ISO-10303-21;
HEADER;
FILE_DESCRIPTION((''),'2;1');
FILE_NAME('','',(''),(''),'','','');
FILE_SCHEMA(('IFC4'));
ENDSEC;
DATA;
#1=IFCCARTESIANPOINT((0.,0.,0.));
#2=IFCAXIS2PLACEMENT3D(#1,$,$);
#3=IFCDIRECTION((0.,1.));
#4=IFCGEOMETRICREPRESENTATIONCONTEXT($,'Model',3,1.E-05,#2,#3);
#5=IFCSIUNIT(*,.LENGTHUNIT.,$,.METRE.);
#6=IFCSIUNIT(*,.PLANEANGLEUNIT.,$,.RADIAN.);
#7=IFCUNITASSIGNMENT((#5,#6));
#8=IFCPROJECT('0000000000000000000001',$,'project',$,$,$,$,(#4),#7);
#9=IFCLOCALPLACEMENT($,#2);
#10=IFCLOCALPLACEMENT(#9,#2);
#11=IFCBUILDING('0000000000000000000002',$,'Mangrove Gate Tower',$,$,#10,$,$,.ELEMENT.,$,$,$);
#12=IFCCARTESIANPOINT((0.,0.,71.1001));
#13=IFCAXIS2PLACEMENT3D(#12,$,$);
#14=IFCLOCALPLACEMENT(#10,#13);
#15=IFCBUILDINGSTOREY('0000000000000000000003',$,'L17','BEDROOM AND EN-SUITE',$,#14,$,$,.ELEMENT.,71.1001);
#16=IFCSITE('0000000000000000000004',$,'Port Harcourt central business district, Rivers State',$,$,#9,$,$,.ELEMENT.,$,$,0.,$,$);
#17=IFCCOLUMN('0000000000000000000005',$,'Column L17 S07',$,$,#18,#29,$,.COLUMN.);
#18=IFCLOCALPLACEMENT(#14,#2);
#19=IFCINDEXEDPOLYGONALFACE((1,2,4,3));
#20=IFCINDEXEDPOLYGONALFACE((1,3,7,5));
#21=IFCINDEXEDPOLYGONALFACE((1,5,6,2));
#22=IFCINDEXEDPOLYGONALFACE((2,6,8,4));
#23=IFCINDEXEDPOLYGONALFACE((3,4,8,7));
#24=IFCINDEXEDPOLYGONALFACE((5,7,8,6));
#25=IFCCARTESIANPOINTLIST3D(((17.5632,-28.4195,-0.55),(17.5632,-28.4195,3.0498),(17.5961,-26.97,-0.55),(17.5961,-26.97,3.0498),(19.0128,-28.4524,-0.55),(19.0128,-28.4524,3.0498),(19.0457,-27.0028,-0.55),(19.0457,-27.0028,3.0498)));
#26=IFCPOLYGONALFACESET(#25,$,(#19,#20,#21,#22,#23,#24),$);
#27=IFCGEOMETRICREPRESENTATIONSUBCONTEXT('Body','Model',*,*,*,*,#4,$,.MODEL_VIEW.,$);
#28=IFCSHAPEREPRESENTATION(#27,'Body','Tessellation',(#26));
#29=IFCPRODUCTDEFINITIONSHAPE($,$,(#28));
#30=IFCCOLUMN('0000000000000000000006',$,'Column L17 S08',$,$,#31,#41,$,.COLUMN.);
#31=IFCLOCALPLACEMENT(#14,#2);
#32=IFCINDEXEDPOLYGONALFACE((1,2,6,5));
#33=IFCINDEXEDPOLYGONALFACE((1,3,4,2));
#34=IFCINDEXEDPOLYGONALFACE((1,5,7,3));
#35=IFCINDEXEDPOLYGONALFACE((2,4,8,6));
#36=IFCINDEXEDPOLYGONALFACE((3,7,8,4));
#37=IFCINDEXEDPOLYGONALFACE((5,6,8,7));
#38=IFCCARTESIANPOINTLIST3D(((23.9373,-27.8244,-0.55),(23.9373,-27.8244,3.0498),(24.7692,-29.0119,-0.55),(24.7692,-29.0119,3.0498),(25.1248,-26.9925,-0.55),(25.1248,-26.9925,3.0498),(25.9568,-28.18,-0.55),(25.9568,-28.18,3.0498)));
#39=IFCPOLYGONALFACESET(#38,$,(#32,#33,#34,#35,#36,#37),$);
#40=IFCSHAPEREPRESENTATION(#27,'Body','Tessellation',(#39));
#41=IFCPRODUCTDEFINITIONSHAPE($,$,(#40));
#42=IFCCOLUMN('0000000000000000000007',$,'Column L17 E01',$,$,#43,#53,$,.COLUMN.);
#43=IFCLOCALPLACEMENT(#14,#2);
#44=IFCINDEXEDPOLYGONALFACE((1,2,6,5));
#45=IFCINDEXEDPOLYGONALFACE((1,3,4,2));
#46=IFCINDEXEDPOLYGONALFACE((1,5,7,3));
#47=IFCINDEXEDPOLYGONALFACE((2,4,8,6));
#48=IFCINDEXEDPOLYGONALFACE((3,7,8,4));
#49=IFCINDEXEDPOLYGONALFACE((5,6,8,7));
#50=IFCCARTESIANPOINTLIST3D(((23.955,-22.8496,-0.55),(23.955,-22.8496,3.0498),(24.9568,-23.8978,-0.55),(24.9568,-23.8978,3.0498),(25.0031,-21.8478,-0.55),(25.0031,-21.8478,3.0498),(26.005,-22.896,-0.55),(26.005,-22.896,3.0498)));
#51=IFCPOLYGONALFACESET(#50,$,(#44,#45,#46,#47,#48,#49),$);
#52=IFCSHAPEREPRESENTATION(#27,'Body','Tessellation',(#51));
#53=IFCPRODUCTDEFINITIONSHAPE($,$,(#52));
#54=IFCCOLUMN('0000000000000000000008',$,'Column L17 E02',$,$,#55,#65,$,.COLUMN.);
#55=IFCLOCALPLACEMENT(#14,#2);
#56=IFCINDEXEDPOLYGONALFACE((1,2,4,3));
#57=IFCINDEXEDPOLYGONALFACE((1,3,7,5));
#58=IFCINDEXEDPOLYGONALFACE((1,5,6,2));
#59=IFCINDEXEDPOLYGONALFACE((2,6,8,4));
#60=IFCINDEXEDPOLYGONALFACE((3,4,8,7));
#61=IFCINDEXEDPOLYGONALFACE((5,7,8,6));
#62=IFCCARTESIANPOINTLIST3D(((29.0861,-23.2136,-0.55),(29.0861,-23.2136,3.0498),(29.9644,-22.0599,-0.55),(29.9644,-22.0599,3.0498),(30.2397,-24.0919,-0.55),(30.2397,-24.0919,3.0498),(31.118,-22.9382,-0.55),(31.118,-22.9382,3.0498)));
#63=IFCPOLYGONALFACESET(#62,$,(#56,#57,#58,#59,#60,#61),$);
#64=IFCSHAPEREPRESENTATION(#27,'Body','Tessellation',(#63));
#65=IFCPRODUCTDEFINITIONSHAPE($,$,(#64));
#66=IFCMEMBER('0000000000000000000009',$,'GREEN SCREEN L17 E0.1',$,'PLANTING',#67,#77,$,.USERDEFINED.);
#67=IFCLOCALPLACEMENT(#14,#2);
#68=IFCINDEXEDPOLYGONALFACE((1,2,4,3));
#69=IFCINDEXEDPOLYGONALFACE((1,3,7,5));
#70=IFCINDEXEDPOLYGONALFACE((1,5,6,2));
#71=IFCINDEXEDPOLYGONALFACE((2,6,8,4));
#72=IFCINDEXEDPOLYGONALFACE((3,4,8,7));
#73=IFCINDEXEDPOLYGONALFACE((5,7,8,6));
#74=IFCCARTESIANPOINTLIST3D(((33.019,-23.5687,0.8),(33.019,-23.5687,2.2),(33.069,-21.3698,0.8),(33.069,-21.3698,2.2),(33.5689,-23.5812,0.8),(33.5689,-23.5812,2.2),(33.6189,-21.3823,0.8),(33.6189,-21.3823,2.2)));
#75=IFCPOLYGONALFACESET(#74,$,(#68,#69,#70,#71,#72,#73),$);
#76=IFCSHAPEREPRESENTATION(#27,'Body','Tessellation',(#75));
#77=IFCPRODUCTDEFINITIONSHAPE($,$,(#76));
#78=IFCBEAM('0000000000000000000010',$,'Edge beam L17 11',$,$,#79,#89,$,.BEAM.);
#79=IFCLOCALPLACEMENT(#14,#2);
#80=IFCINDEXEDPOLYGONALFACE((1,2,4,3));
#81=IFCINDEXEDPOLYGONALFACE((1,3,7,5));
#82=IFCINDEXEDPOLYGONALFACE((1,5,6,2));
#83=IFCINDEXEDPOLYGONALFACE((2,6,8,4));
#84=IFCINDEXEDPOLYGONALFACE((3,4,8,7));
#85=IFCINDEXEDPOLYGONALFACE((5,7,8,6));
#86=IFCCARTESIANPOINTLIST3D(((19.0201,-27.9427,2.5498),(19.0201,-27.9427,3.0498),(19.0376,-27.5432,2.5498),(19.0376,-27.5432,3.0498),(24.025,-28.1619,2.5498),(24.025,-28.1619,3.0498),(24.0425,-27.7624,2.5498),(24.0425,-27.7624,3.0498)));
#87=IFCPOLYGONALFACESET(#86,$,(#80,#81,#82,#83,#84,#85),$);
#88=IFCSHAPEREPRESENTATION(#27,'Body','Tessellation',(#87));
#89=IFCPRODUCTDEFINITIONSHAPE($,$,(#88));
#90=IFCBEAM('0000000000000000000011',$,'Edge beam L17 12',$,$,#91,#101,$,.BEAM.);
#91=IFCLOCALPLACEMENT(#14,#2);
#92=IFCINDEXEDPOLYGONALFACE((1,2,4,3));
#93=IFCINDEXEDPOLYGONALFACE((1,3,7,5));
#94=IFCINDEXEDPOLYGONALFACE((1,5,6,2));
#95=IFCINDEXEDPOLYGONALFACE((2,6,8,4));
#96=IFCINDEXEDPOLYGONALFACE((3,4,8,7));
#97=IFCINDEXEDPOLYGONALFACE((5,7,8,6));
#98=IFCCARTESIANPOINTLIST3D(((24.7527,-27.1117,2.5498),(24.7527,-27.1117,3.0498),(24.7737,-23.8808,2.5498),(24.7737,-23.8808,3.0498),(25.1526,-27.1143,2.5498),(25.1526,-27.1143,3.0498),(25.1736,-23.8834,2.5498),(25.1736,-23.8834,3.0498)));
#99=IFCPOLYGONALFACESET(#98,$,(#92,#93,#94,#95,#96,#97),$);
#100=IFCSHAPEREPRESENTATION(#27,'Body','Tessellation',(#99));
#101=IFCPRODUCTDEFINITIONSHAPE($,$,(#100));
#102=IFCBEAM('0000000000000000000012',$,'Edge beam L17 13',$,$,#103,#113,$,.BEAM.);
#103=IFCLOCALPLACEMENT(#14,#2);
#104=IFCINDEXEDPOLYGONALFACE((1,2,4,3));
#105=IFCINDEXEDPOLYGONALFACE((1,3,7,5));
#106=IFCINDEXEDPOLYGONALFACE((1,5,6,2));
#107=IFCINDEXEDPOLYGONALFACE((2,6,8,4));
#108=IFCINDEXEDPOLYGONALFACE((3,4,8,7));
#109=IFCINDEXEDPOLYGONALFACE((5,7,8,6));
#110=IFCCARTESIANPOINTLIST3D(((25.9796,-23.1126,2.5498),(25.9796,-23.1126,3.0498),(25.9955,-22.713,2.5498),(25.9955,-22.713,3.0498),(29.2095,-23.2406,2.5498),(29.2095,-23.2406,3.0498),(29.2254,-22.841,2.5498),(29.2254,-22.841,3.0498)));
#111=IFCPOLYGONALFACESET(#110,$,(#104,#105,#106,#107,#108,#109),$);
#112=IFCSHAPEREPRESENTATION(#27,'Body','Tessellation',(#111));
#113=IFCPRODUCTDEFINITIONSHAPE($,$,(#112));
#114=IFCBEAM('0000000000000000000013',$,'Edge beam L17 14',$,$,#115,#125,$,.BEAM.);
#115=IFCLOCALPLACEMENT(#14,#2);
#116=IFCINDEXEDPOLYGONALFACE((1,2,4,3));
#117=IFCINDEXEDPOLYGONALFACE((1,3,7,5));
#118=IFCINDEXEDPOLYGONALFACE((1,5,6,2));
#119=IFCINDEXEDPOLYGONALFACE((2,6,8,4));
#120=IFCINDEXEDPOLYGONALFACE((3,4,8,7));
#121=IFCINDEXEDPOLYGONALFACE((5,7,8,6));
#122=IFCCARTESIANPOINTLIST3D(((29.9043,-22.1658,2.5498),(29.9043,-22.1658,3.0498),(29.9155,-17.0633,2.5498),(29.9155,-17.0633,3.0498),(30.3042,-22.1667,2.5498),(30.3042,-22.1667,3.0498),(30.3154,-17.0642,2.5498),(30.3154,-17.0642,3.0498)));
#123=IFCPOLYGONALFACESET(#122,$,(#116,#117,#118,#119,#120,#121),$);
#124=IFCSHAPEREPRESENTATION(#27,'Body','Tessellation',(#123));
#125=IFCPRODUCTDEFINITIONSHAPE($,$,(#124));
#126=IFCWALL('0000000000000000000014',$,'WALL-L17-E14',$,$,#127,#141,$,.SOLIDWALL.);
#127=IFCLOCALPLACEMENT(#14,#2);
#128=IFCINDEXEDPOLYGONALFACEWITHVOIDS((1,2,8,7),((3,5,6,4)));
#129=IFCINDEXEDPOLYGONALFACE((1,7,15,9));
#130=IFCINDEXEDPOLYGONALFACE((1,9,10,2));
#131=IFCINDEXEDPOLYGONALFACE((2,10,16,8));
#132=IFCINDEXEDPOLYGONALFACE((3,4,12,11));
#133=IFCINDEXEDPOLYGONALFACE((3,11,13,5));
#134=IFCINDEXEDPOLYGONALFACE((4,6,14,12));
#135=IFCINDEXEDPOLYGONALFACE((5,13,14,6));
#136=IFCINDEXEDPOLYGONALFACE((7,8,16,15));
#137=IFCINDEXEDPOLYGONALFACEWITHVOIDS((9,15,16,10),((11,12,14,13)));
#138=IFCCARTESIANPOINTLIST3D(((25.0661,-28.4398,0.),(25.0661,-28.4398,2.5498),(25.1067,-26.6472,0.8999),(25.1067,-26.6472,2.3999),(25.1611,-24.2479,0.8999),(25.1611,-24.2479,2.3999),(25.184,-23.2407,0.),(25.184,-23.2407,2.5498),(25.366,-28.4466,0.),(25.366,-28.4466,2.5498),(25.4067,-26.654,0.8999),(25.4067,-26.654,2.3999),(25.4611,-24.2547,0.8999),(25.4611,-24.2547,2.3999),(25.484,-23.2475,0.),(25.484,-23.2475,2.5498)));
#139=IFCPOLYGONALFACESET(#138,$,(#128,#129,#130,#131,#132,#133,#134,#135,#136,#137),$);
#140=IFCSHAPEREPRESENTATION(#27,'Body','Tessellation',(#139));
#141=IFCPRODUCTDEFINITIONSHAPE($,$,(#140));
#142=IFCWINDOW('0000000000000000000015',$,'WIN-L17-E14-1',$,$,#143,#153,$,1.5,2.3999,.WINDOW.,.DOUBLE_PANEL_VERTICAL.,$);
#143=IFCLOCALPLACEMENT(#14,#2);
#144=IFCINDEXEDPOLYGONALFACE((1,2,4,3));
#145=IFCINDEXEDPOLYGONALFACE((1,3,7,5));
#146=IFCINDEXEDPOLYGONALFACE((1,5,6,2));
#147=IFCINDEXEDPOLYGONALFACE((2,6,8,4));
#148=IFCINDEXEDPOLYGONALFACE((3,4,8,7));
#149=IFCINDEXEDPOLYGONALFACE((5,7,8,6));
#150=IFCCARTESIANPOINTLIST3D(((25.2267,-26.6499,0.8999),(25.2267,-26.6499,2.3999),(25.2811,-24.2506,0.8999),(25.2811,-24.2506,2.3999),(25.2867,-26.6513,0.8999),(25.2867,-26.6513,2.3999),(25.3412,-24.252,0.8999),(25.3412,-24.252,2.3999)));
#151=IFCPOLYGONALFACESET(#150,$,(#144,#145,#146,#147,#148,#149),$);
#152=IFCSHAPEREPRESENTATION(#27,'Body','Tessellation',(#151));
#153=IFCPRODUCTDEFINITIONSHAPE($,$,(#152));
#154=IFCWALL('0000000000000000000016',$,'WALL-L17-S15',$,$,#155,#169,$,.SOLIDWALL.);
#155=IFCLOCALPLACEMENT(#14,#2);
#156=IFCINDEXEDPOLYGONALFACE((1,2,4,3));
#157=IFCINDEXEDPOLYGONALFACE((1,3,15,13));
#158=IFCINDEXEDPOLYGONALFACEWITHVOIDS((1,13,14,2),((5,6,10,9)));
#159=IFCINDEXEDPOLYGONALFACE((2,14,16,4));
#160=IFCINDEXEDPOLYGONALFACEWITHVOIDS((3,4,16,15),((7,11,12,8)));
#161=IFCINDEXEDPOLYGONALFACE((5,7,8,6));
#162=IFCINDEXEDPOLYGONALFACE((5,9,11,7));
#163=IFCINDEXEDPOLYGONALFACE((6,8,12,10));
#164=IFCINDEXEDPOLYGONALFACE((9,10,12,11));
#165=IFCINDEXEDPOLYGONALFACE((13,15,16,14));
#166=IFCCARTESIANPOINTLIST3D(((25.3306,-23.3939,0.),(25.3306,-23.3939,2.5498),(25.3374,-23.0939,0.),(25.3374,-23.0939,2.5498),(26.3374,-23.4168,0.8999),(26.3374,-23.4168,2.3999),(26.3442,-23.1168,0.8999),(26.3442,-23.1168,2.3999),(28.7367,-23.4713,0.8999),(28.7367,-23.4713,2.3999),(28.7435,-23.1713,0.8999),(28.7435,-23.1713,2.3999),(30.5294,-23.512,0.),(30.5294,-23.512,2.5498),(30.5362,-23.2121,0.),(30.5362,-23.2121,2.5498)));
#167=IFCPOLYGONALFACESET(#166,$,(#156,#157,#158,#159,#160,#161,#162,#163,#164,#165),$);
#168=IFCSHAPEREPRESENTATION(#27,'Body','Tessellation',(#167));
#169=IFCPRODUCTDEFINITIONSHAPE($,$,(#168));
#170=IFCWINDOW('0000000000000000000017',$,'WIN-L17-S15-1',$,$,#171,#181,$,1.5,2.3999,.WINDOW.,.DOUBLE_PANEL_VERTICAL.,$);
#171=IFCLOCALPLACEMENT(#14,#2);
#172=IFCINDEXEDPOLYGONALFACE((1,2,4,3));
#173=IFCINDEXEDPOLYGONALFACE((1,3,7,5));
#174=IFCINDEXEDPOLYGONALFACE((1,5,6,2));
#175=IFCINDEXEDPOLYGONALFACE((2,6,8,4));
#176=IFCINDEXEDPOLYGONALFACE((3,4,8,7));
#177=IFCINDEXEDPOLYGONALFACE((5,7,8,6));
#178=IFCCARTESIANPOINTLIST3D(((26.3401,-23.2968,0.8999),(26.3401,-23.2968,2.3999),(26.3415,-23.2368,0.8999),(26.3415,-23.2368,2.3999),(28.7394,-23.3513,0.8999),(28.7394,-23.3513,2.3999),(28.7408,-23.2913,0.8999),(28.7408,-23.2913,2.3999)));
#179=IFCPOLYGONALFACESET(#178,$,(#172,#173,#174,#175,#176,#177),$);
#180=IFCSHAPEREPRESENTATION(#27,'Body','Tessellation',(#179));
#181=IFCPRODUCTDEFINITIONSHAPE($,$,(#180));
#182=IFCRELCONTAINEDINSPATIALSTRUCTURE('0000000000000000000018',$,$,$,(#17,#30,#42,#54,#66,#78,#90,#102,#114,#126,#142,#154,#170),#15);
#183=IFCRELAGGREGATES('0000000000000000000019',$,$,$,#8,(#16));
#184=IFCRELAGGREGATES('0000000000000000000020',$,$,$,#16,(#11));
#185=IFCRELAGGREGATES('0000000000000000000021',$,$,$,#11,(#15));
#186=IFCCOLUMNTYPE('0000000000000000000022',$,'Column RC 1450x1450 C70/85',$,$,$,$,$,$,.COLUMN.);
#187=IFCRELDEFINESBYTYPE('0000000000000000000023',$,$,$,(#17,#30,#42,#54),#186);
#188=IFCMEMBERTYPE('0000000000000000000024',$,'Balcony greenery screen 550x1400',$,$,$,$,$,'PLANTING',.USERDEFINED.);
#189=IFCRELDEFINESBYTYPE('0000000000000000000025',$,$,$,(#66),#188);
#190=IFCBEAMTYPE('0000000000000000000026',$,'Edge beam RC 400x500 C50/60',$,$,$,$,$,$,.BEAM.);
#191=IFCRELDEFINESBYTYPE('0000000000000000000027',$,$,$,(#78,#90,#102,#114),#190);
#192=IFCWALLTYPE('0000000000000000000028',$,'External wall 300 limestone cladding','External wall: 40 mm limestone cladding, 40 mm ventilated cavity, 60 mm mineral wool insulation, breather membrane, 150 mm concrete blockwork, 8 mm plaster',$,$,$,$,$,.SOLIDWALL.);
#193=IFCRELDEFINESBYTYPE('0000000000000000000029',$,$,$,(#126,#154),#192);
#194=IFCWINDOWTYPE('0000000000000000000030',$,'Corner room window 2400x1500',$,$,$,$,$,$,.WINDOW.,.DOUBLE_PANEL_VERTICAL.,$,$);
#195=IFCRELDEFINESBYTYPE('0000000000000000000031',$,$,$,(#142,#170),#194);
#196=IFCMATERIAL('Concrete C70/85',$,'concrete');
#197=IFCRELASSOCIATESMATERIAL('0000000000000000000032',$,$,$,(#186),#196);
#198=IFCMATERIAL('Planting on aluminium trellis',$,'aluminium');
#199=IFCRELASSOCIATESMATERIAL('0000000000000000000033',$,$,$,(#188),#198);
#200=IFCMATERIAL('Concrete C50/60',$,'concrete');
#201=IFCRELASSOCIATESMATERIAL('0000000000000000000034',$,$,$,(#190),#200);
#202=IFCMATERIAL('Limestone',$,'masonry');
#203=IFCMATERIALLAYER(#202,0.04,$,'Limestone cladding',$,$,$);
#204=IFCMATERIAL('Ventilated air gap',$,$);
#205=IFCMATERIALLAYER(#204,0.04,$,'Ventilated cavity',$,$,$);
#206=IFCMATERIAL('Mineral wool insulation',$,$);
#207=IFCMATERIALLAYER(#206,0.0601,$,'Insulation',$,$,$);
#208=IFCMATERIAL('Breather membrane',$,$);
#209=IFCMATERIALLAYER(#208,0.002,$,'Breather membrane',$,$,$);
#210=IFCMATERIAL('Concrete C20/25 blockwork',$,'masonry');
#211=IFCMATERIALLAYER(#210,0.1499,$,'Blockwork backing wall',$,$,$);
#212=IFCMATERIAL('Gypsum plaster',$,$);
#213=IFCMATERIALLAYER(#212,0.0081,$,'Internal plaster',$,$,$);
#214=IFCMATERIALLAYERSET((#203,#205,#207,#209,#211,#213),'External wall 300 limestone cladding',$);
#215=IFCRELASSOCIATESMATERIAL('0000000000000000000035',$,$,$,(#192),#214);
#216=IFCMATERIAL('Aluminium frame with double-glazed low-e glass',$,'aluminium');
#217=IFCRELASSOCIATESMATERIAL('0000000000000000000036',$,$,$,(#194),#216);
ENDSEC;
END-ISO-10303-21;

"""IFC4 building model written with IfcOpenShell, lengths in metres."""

from ifc_helpers import new_model, si_unit, direction, frame, frame_2d, origin, origin_2d, place, context, subcontext, project, spatial, rectangle, extrude, material, layer, layer_set, material_profile, profile_set, type_object, element, fill, save


model = new_model("IFC4")

# Units and contexts
model_context = context("Model", 3, precision=1e-05, world=origin(), true_north=direction((0.0, 1.0)))
body_context = subcontext(model_context, "Body", "Model", "MODEL_VIEW")
ifc_project = project(units=[si_unit("LENGTHUNIT", "METRE"), si_unit("PLANEANGLEUNIT", "RADIAN")], contexts=[model_context])

# Site, building, storey
site_placement = place(None, origin())
site = spatial("IfcSite", under=ifc_project, at=site_placement, Name="Port Harcourt central business district, Rivers State", CompositionType="ELEMENT", RefElevation=0.0)
building_placement = place(site_placement, origin())
building = spatial("IfcBuilding", under=site, at=building_placement, Name="Mangrove Gate Tower", CompositionType="ELEMENT")
storey_placement = place(building_placement, frame((0.0, 0.0, 71.1001)))
storey = spatial("IfcBuildingStorey", under=building, at=storey_placement, Name="L17", Description="BEDROOM AND EN-SUITE", CompositionType="ELEMENT", Elevation=71.1001)

# Columns
ifc_material_1 = material(Name="Concrete C70/85", Category="concrete")
ifc_material_profile_1 = material_profile(ifc_material_1, rectangle(XDim=1.45, YDim=1.45, at=origin_2d()))
ifc_profile_set_1 = profile_set([ifc_material_profile_1], Name="Concrete C70/85")
column_type = type_object("IfcColumnType", Name="Column RC 1450x1450 C70/85", PredefinedType="COLUMN", material=ifc_profile_set_1)
for number, where, z_axis, x_axis, name in (
    (1, (18.3044, -27.7112, -0.55), (0.0, 0.0, 1.0), (0.999743, -0.02268, 0.0), "Column L17 S07"),
    (2, (24.947, -28.0022, -0.55), (0.0, 0.0, 1.0), (0.819023, 0.57376, 0.0), "Column L17 S08"),
    (3, (24.98, -22.8728, -0.55), (0.0, 0.0, 1.0), (0.722905, 0.690948, 0.0), "Column L17 E01"),
    (4, (30.1021, -23.0759, -0.55), (0.0, 0.0, 1.0), (0.605733, 0.795668, 0.0), "Column L17 E02"),
):
    element("IfcColumn", number, at=place(storey_placement, frame(where, z_axis=z_axis, x_axis=x_axis)), inside=storey, type_object=column_type, Name=name, PredefinedType="COLUMN", context=body_context, shape_type="SweptSolid", body=[
        extrude(rectangle(XDim=1.45, YDim=1.45, at=origin_2d()), origin(), (0.0, 0.0, 1.0), 3.5999),
    ])

# Member
ifc_material_2 = material(Name="Planting on aluminium trellis", Category="aluminium")
ifc_material_profile_2 = material_profile(ifc_material_2, rectangle(XDim=0.55, YDim=1.3999, at=origin_2d()))
ifc_profile_set_2 = profile_set([ifc_material_profile_2], Name="Planting on aluminium trellis")
member_type = type_object("IfcMemberType", Name="Balcony greenery screen 550x1400", ElementType="PLANTING", PredefinedType="USERDEFINED", material=ifc_profile_set_2)
member_placement = place(storey_placement, frame((33.2939, -23.575, 1.5), z_axis=(0.022754, 0.999741, 0.0), x_axis=(-0.999741, 0.022754, 0.0)))
element("IfcMember", 5, at=member_placement, inside=storey, type_object=member_type, Name="GREEN SCREEN L17 E0.1", ObjectType="PLANTING", PredefinedType="USERDEFINED", context=body_context, shape_type="SweptSolid", body=[
    extrude(rectangle(XDim=0.55, YDim=1.3999, at=origin_2d()), origin(), (0.0, 0.0, 1.0), 2.1995),
])

# Beams
ifc_material_3 = material(Name="Concrete C50/60", Category="concrete")
ifc_material_profile_3 = material_profile(ifc_material_3, rectangle(XDim=0.3999, YDim=0.5, at=origin_2d()))
ifc_profile_set_3 = profile_set([ifc_material_profile_3], Name="Concrete C50/60")
beam_type = type_object("IfcBeamType", Name="Edge beam RC 400x500 C50/60", PredefinedType="BEAM", material=ifc_profile_set_3)
beam_1_placement = place(storey_placement, frame((19.0288, -27.7429, 2.7998), z_axis=(0.999042, -0.043763, 0.0), x_axis=(0.043763, 0.999042, 0.0)))
element("IfcBeam", 6, at=beam_1_placement, inside=storey, type_object=beam_type, Name="Edge beam L17 11", PredefinedType="BEAM", context=body_context, shape_type="SweptSolid", body=[
    extrude(rectangle(XDim=0.3999, YDim=0.5, at=origin_2d()), origin(), (0.0, 0.0, 1.0), 5.0098),
])
beam_2_placement = place(storey_placement, frame((24.9526, -27.113, 2.7998), z_axis=(0.006498, 0.999979, 0.0), x_axis=(-0.999979, 0.006498, 0.0)))
element("IfcBeam", 7, at=beam_2_placement, inside=storey, type_object=beam_type, Name="Edge beam L17 12", PredefinedType="BEAM", context=body_context, shape_type="SweptSolid", body=[
    extrude(rectangle(XDim=0.3999, YDim=0.5, at=origin_2d()), origin(), (0.0, 0.0, 1.0), 3.231),
])
beam_3_placement = place(storey_placement, frame((25.9875, -22.9128, 2.7998), z_axis=(0.999217, -0.039576, 0.0), x_axis=(0.039576, 0.999217, 0.0)))
element("IfcBeam", 8, at=beam_3_placement, inside=storey, type_object=beam_type, Name="Edge beam L17 13", PredefinedType="BEAM", context=body_context, shape_type="SweptSolid", body=[
    extrude(rectangle(XDim=0.3999, YDim=0.5, at=origin_2d()), origin(), (0.0, 0.0, 1.0), 3.2324),
])
beam_4_placement = place(storey_placement, frame((30.1042, -22.1663, 2.7998), z_axis=(0.002201, 0.999998, 0.0), x_axis=(-0.999998, 0.002201, 0.0)))
element("IfcBeam", 9, at=beam_4_placement, inside=storey, type_object=beam_type, Name="Edge beam L17 14", PredefinedType="BEAM", context=body_context, shape_type="SweptSolid", body=[
    extrude(rectangle(XDim=0.3999, YDim=0.5, at=origin_2d()), origin(), (0.0, 0.0, 1.0), 5.1025),
])

# Shared definitions
ifc_material_4 = material(Name="Limestone", Category="masonry")
ifc_layer_1 = layer(ifc_material_4, 0.04, Name="Limestone cladding")
ifc_material_5 = material(Name="Ventilated air gap")
ifc_layer_2 = layer(ifc_material_5, 0.04, Name="Ventilated cavity")
ifc_material_6 = material(Name="Mineral wool insulation")
ifc_layer_3 = layer(ifc_material_6, 0.0601, Name="Insulation")
ifc_material_7 = material(Name="Breather membrane")
ifc_layer_4 = layer(ifc_material_7, 0.002, Name="Breather membrane")
ifc_material_8 = material(Name="Concrete C20/25 blockwork", Category="masonry")
ifc_layer_5 = layer(ifc_material_8, 0.1499, Name="Blockwork backing wall")
ifc_material_9 = material(Name="Gypsum plaster")
ifc_layer_6 = layer(ifc_material_9, 0.0081, Name="Internal plaster")
ifc_layer_set_1 = layer_set([ifc_layer_1, ifc_layer_2, ifc_layer_3, ifc_layer_4, ifc_layer_5, ifc_layer_6], Name="External wall 300 limestone cladding")
wall_type_1 = type_object("IfcWallType", Name="External wall 300 limestone cladding", Description="External wall: 40 mm limestone cladding, 40 mm ventilated cavity, 60 mm mineral wool insulation, breather membrane, 150 mm concrete blockwork, 8 mm plaster", PredefinedType="SOLIDWALL", material=ifc_layer_set_1)
ifc_material_10 = material(Name="Aluminium frame with double-glazed low-e glass", Category="aluminium")
window_type = type_object("IfcWindowType", Name="Corner room window 2400x1500", PartitioningType="DOUBLE_PANEL_VERTICAL", PredefinedType="WINDOW", material=ifc_material_10)

# Walls, openings, windows
wall_1_placement = place(storey_placement, frame((25.2161, -28.4431, 0.0), z_axis=(0.0, 0.0, 1.0), x_axis=(0.022674, 0.999743, 0.0)))
wall_1 = element("IfcWall", 10, at=wall_1_placement, inside=storey, type_object=wall_type_1, Name="WALL-L17-E14", PredefinedType="SOLIDWALL", context=body_context, shape_type="SweptSolid", body=[
    extrude(rectangle(XDim=5.2004, YDim=0.3, at=frame_2d((2.6001, 0.0))), origin(), (0.0, 0.0, 1.0), 2.5498),
])
opening_1_placement = place(wall_1_placement, frame((1.793, 0.0, 0.8999)))
opening_1 = element("IfcOpeningElement", 11, at=opening_1_placement, cuts=wall_1, PredefinedType="OPENING", context=body_context, shape_type="SweptSolid", body=[
    extrude(rectangle(XDim=2.3999, YDim=1.5, at=frame_2d((1.2, 0.75))), frame((0.0, 0.1599, 0.0), z_axis=(0.0, -1.0, 0.0), x_axis=(1.0, 0.0, 0.0)), (0.0, 0.0, 1.0), 0.3201),
])
window_1_placement = place(opening_1_placement, origin())
window_1 = element("IfcWindow", 12, at=window_1_placement, inside=storey, type_object=window_type, Name="WIN-L17-E14-1", OverallHeight=1.5, OverallWidth=2.3999, PartitioningType="DOUBLE_PANEL_VERTICAL", PredefinedType="WINDOW", context=body_context, shape_type="SweptSolid", body=[
    extrude(rectangle(XDim=2.3999, YDim=1.5, at=frame_2d((1.2, 0.75))), frame((0.0, 0.03, 0.0), z_axis=(0.0, -1.0, 0.0), x_axis=(1.0, 0.0, 0.0)), (0.0, 0.0, 1.0), 0.0601),
])
fill(opening_1, window_1)
wall_2_placement = place(storey_placement, frame((25.334, -23.2439, 0.0), z_axis=(0.0, 0.0, 1.0), x_axis=(0.999742, -0.022722, 0.0)))
wall_2 = element("IfcWall", 13, at=wall_2_placement, inside=storey, type_object=wall_type_1, Name="WALL-L17-S15", PredefinedType="SOLIDWALL", context=body_context, shape_type="SweptSolid", body=[
    extrude(rectangle(XDim=5.2002, YDim=0.3, at=frame_2d((2.6001, 0.0))), origin(), (0.0, 0.0, 1.0), 2.5498),
])
opening_2_placement = place(wall_2_placement, frame((1.0071, 0.0, 0.8999)))
opening_2 = element("IfcOpeningElement", 14, at=opening_2_placement, cuts=wall_2, PredefinedType="OPENING", context=body_context, shape_type="SweptSolid", body=[
    extrude(rectangle(XDim=2.3999, YDim=1.5, at=frame_2d((1.2, 0.75))), frame((0.0, 0.1599, 0.0), z_axis=(0.0, -1.0, 0.0), x_axis=(1.0, 0.0, 0.0)), (0.0, 0.0, 1.0), 0.3201),
])
window_2_placement = place(opening_2_placement, origin())
window_2 = element("IfcWindow", 15, at=window_2_placement, inside=storey, type_object=window_type, Name="WIN-L17-S15-1", OverallHeight=1.5, OverallWidth=2.3999, PartitioningType="DOUBLE_PANEL_VERTICAL", PredefinedType="WINDOW", context=body_context, shape_type="SweptSolid", body=[
    extrude(rectangle(XDim=2.3999, YDim=1.5, at=frame_2d((1.2, 0.75))), frame((0.0, 0.03, 0.0), z_axis=(0.0, -1.0, 0.0), x_axis=(1.0, 0.0, 0.0)), (0.0, 0.0, 1.0), 0.0601),
])
fill(opening_2, window_2)

save(model, "model.ifc")
